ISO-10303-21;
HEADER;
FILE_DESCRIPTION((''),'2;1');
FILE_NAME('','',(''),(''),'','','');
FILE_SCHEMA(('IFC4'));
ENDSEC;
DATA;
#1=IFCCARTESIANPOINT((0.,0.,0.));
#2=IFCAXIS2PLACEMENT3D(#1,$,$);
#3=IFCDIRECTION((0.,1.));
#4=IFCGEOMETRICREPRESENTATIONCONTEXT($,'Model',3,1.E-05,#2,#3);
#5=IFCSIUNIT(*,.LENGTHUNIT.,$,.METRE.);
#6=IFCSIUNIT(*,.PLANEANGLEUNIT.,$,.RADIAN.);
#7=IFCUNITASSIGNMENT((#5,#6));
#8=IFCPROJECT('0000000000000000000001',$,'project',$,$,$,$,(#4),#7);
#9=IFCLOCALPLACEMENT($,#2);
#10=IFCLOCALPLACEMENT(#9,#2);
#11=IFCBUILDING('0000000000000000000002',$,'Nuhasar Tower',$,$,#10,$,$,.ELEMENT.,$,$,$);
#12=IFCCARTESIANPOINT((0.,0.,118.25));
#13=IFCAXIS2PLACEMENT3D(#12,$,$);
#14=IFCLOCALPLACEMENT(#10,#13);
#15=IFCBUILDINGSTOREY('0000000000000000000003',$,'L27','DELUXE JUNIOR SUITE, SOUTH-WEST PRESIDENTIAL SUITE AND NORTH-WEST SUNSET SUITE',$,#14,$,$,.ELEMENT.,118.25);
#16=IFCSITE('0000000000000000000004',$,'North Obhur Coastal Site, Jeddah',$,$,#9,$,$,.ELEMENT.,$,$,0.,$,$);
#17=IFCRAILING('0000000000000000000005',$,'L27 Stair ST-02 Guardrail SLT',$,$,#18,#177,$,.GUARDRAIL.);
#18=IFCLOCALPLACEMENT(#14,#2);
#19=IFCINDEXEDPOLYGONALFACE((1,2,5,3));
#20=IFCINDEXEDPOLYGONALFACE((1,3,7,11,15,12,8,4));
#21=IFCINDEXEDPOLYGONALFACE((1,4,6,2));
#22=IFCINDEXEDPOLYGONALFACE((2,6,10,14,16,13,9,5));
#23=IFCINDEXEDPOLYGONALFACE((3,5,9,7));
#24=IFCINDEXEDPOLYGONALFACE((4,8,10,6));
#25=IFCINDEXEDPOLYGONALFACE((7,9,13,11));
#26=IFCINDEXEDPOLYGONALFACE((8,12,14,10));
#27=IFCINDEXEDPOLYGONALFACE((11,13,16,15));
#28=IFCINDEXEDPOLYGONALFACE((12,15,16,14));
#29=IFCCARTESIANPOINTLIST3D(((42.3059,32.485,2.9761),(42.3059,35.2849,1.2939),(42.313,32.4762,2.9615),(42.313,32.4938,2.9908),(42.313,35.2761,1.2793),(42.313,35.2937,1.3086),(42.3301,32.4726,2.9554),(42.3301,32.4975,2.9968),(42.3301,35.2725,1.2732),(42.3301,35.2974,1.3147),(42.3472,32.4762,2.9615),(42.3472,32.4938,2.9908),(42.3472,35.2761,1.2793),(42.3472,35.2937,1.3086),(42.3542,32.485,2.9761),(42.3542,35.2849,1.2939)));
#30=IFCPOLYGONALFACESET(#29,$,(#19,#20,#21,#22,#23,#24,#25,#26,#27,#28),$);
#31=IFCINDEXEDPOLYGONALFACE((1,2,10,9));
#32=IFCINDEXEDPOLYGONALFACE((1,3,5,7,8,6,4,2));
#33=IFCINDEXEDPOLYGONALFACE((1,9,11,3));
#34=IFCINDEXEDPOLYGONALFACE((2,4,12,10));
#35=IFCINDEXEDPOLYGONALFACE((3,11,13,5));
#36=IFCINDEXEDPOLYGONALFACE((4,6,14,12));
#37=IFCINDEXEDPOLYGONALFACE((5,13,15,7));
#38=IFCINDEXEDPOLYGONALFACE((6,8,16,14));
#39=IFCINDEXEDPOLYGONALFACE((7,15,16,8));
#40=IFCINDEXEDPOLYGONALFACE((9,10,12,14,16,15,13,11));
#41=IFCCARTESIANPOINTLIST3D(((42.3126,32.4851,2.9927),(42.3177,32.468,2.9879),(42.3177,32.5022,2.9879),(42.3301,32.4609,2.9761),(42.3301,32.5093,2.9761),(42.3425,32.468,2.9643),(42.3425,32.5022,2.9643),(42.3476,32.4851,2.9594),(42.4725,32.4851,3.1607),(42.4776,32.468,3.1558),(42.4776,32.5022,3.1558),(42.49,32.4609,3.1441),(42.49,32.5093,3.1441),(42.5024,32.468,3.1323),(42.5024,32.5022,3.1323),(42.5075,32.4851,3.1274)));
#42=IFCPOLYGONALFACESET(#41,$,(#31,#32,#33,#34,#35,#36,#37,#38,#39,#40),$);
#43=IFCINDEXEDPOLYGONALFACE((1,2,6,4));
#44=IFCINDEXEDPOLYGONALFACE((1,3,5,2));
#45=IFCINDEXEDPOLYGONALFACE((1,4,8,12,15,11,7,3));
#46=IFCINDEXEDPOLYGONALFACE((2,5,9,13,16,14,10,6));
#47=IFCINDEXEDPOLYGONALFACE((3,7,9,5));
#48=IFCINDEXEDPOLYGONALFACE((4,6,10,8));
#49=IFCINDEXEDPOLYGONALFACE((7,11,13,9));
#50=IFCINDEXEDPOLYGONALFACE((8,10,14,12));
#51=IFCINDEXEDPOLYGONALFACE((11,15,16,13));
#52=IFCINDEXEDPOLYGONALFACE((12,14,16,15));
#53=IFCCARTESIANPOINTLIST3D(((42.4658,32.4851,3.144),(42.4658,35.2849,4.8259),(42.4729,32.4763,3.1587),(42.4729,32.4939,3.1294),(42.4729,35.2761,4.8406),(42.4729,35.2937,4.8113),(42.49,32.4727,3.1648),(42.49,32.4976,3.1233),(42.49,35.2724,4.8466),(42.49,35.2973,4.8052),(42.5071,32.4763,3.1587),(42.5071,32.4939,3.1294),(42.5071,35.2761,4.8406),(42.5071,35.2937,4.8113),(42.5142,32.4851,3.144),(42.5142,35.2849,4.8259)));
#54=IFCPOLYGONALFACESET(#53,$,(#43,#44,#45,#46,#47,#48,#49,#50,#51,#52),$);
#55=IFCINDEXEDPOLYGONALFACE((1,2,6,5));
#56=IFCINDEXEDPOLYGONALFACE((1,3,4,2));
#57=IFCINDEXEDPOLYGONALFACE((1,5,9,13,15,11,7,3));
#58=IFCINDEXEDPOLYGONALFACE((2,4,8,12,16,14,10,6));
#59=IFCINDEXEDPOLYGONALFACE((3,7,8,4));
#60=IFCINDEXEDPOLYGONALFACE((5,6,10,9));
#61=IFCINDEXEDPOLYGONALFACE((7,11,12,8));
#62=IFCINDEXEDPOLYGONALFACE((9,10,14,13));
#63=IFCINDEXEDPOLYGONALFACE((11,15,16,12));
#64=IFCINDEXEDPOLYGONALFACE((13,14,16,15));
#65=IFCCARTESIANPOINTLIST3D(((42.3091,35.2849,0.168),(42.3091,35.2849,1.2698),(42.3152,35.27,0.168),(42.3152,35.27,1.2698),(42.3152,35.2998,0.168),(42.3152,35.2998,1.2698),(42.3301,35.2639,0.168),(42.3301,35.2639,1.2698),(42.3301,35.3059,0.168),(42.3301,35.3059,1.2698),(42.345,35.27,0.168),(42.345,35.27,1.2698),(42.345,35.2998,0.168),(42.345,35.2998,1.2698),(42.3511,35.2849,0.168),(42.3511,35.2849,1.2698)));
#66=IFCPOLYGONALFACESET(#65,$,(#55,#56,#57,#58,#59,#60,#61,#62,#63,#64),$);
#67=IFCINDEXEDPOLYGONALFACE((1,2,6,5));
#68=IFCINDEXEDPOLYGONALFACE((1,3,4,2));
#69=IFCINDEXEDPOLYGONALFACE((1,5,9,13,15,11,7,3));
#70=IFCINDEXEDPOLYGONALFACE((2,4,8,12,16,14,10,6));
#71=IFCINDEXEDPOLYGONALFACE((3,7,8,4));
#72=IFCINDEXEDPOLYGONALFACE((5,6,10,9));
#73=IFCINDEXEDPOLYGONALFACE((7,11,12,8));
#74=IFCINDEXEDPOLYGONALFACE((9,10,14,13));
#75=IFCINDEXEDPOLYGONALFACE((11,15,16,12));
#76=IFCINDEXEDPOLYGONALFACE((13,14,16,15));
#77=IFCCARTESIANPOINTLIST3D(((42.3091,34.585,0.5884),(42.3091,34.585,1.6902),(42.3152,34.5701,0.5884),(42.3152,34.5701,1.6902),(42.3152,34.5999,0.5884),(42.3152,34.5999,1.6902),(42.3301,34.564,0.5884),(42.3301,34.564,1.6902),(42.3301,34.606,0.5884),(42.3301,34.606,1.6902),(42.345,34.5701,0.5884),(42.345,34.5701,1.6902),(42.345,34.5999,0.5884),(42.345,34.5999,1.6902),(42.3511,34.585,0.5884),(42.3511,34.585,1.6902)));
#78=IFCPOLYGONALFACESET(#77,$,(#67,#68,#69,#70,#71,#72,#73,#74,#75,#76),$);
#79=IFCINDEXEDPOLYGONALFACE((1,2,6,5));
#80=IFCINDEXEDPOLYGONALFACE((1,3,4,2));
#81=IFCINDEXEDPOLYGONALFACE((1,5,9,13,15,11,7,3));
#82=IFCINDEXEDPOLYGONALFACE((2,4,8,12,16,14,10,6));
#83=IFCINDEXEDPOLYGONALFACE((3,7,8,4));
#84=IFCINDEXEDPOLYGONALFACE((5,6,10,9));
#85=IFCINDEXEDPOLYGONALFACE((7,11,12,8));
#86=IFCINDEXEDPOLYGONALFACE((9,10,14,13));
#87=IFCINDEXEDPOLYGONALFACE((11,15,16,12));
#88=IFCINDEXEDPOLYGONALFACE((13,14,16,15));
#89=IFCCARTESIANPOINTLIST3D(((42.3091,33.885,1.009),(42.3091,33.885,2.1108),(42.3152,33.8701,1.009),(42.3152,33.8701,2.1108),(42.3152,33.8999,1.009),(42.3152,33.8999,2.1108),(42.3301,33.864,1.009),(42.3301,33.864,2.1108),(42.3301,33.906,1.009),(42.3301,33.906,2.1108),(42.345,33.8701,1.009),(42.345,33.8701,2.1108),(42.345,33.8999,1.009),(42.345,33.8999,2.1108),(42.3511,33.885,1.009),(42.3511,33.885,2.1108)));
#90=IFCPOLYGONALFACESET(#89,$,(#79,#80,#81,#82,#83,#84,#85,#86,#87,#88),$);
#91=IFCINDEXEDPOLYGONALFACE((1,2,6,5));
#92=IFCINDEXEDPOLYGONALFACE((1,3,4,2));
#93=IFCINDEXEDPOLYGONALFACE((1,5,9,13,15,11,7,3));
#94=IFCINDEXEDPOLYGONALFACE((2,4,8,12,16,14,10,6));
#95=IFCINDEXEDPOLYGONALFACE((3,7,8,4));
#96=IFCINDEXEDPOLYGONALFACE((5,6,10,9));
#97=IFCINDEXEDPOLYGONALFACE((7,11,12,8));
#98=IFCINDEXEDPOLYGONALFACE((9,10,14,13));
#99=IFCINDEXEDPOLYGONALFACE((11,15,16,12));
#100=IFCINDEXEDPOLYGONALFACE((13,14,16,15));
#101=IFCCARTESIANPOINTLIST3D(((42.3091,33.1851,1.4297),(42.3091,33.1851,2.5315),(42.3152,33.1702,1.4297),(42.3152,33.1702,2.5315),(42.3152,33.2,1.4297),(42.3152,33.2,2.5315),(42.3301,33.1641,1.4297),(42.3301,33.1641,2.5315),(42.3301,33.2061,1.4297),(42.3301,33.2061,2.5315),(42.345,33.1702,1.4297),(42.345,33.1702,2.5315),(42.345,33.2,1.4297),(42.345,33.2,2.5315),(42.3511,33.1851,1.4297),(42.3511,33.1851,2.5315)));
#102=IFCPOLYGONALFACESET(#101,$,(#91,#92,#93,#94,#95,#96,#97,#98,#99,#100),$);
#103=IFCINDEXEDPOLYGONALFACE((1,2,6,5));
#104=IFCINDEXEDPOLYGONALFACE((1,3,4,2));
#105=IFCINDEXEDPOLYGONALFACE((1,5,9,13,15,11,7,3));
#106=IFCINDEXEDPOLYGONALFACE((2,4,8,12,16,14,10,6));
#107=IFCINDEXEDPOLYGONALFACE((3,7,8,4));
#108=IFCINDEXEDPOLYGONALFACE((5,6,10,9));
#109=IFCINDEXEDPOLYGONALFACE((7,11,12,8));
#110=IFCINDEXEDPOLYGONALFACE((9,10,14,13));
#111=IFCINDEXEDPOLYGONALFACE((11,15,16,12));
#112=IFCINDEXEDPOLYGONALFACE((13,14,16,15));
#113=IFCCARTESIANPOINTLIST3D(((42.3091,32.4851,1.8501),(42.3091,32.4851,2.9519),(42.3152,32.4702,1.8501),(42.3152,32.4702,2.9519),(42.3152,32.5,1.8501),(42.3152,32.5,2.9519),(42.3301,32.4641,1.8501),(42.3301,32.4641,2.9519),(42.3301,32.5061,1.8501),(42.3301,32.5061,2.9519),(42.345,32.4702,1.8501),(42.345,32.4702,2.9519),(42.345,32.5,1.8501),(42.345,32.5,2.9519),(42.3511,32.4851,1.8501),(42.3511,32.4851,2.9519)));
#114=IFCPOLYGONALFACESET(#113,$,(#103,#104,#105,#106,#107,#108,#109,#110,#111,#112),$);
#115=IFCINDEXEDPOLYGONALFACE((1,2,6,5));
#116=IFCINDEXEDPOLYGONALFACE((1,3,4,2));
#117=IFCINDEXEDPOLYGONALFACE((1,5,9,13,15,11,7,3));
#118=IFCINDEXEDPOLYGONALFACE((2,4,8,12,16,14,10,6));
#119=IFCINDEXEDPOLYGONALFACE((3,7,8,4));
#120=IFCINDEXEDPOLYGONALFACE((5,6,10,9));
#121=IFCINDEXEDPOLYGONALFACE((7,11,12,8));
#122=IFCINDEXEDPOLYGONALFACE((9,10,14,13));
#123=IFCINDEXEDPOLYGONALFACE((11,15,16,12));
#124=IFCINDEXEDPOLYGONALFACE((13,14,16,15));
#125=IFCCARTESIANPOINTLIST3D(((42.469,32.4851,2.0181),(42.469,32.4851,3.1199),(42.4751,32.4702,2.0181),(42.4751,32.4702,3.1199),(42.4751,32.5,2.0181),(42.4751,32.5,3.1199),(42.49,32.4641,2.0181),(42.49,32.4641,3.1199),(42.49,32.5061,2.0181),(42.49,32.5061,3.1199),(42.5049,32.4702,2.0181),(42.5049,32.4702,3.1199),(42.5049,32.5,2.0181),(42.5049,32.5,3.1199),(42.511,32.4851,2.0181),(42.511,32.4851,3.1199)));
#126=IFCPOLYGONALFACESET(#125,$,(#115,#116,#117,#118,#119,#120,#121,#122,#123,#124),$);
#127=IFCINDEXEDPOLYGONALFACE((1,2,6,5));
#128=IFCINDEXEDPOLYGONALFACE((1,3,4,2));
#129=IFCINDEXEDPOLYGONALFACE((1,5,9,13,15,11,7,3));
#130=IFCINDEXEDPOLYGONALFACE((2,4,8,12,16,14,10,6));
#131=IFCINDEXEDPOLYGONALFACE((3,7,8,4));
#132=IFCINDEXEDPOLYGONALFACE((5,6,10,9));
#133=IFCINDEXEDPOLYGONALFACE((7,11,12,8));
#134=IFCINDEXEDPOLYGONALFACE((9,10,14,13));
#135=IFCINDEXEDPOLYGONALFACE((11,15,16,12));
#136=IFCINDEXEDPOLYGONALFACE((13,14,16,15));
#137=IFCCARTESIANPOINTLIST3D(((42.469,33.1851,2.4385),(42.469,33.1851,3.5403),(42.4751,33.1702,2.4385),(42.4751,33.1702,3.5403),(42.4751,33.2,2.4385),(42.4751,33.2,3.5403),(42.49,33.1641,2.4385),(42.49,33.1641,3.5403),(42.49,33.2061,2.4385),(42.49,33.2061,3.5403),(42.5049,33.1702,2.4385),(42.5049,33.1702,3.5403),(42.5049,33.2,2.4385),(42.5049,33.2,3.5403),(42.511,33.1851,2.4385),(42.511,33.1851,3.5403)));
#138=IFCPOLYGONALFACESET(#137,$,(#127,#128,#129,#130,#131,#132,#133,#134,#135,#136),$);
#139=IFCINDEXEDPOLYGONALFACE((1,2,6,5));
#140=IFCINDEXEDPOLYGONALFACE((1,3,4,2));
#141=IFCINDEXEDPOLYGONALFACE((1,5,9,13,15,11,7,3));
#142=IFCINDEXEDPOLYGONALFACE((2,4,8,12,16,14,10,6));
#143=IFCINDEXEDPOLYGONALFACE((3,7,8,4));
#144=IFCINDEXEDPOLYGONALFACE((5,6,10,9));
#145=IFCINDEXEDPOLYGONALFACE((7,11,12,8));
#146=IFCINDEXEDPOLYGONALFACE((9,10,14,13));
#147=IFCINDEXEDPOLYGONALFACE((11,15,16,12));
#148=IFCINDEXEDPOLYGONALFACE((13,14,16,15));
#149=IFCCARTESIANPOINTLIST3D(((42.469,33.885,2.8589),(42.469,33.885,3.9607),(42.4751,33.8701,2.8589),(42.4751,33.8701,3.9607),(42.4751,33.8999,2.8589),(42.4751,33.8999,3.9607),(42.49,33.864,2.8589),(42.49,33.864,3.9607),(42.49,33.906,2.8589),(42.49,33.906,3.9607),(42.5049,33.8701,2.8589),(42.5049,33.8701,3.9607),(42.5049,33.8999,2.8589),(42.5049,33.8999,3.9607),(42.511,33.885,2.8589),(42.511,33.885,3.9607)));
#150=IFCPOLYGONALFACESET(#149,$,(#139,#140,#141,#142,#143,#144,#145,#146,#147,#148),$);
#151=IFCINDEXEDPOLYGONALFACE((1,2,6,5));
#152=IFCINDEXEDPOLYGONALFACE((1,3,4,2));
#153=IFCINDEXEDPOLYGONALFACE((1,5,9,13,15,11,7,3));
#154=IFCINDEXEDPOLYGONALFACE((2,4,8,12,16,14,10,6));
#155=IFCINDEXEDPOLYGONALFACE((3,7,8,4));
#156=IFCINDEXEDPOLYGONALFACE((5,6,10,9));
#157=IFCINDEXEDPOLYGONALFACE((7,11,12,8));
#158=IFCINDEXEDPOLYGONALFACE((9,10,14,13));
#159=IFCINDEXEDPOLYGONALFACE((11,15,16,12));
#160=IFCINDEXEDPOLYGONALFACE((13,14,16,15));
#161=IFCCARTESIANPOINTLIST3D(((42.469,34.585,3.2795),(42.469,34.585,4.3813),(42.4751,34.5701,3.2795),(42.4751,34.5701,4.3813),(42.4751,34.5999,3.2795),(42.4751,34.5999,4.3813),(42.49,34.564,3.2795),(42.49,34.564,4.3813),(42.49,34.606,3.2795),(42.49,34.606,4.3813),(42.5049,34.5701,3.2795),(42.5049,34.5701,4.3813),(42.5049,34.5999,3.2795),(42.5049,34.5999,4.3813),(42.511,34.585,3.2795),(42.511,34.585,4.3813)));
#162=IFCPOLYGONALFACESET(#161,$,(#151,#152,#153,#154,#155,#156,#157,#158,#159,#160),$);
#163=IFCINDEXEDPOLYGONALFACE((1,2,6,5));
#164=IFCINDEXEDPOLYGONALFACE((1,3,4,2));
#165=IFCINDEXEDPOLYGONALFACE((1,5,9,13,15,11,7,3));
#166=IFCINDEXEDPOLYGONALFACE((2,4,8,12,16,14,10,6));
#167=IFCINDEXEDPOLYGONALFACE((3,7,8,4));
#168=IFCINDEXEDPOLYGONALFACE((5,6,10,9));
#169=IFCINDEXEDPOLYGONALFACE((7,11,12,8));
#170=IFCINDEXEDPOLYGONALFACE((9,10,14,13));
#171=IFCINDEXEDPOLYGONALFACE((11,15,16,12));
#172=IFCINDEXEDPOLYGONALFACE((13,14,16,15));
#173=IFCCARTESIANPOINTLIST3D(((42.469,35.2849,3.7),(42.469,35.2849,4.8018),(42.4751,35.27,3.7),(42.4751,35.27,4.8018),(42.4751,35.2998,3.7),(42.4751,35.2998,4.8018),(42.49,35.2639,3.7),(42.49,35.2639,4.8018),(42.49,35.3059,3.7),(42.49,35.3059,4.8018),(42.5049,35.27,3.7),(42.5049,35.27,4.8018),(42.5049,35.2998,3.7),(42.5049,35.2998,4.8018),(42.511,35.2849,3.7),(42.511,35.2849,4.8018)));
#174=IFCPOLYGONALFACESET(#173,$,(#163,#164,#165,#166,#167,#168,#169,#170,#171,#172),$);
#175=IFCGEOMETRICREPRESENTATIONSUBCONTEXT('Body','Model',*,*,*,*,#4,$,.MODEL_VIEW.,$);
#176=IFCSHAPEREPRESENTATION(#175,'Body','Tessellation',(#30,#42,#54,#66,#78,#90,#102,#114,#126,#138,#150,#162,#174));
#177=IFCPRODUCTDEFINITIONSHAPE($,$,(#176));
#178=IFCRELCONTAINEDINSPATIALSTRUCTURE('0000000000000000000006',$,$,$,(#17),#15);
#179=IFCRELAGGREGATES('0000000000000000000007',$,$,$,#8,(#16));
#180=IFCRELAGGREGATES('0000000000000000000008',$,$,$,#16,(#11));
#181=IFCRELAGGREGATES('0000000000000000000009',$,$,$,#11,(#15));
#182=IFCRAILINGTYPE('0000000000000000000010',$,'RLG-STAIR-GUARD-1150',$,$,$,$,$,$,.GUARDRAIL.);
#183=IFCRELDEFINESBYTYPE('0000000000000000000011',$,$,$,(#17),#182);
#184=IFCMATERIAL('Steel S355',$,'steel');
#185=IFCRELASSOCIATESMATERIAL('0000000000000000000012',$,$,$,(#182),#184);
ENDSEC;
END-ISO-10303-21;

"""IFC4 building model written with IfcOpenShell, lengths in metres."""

from ifc_helpers import new_model, si_unit, direction, frame, origin, place, context, subcontext, project, spatial, polyline, outline, extrude, material, type_object, element, save


model = new_model("IFC4")

# Units and contexts
model_context = context("Model", 3, precision=1e-05, world=origin(), true_north=direction((0.0, 1.0)))
body_context = subcontext(model_context, "Body", "Model", "MODEL_VIEW")
ifc_project = project(units=[si_unit("LENGTHUNIT", "METRE"), si_unit("PLANEANGLEUNIT", "RADIAN")], contexts=[model_context])

# Site, building, storey
site_placement = place(None, origin())
site = spatial("IfcSite", under=ifc_project, at=site_placement, Name="North Obhur Coastal Site, Jeddah", CompositionType="ELEMENT", RefElevation=0.0)
building_placement = place(site_placement, origin())
building = spatial("IfcBuilding", under=site, at=building_placement, Name="Nuhasar Tower", CompositionType="ELEMENT")
storey_placement = place(building_placement, frame((0.0, 0.0, 118.25)))
storey = spatial("IfcBuildingStorey", under=building, at=storey_placement, Name="L27", Description="DELUXE JUNIOR SUITE, SOUTH-WEST PRESIDENTIAL SUITE AND NORTH-WEST SUNSET SUITE", CompositionType="ELEMENT", Elevation=118.25)

# Shared definitions
ifc_material_1 = material(Name="Steel S355", Category="steel")

# Railing
railing_type_1 = type_object("IfcRailingType", Name="RLG-STAIR-GUARD-1150", PredefinedType="GUARDRAIL", material=ifc_material_1)
railing_1_placement = place(storey_placement, frame((42.3301, 35.2849, 0.168)))
element("IfcRailing", 1, at=railing_1_placement, inside=storey, type_object=railing_type_1, Name="L27 Stair ST-02 Guardrail SLT", PredefinedType="GUARDRAIL", context=body_context, shape_type="SweptSolid", body=[
    extrude(outline(polyline([(0.0242, 0.0), (0.0171, 0.0171), (0.0, 0.0242), (-0.0171, 0.0171), (-0.0242, 0.0), (-0.0171, -0.0171), (0.0, -0.0242), (0.0171, -0.0171), (0.0242, 0.0)])), frame((0.0, 0.0, 1.126), z_axis=(0.0, -0.857189, 0.515001), x_axis=(1.0, 0.0, 0.0)), (0.0, 0.0, 1.0), 3.2664),
    extrude(outline(polyline([(0.0242, 0.0), (0.0171, 0.0171), (0.0, 0.0242), (-0.0171, 0.0171), (-0.0242, 0.0), (-0.0171, -0.0171), (0.0, -0.0242), (0.0171, -0.0171), (0.0242, 0.0)])), frame((0.0, -2.7998, 2.8081), z_axis=(0.689524, 0.0, 0.724263), x_axis=(0.0, 1.0, 0.0)), (0.0, 0.0, 1.0), 0.2319),
    extrude(outline(polyline([(0.0242, 0.0), (0.0171, 0.0171), (0.0, 0.0242), (-0.0171, 0.0171), (-0.0242, 0.0), (-0.0171, -0.0171), (0.0, -0.0242), (0.0171, -0.0171), (0.0242, 0.0)])), frame((0.1599, -2.7998, 2.9761), z_axis=(0.0, 0.857222, 0.514946), x_axis=(-1.0, 0.0, 0.0)), (0.0, 0.0, 1.0), 3.2661),
    extrude(outline(polyline([(0.021, 0.0), (0.0149, 0.0149), (0.0, 0.021), (-0.0149, 0.0149), (-0.021, 0.0), (-0.0149, -0.0149), (0.0, -0.021), (0.0149, -0.0149), (0.021, 0.0)])), origin(), (0.0, 0.0, 1.0), 1.1018),
    extrude(outline(polyline([(0.021, 0.0), (0.0149, 0.0149), (0.0, 0.021), (-0.0149, 0.0149), (-0.021, 0.0), (-0.0149, -0.0149), (0.0, -0.021), (0.0149, -0.0149), (0.021, 0.0)])), frame((0.0, -0.7, 0.4204)), (0.0, 0.0, 1.0), 1.1018),
    extrude(outline(polyline([(0.021, 0.0), (0.0149, 0.0149), (0.0, 0.021), (-0.0149, 0.0149), (-0.021, 0.0), (-0.0149, -0.0149), (0.0, -0.021), (0.0149, -0.0149), (0.021, 0.0)])), frame((0.0, -1.3999, 0.8411)), (0.0, 0.0, 1.0), 1.1018),
    extrude(outline(polyline([(0.021, 0.0), (0.0149, 0.0149), (0.0, 0.021), (-0.0149, 0.0149), (-0.021, 0.0), (-0.0149, -0.0149), (0.0, -0.021), (0.0149, -0.0149), (0.021, 0.0)])), frame((0.0, -2.0999, 1.2617)), (0.0, 0.0, 1.0), 1.1018),
    extrude(outline(polyline([(0.021, 0.0), (0.0149, 0.0149), (0.0, 0.021), (-0.0149, 0.0149), (-0.021, 0.0), (-0.0149, -0.0149), (0.0, -0.021), (0.0149, -0.0149), (0.021, 0.0)])), frame((0.0, -2.7998, 1.6821)), (0.0, 0.0, 1.0), 1.1018),
    extrude(outline(polyline([(0.021, 0.0), (0.0149, 0.0149), (0.0, 0.021), (-0.0149, 0.0149), (-0.021, 0.0), (-0.0149, -0.0149), (0.0, -0.021), (0.0149, -0.0149), (0.021, 0.0)])), frame((0.1599, -2.7998, 1.8501)), (0.0, 0.0, 1.0), 1.1018),
    extrude(outline(polyline([(0.021, 0.0), (0.0149, 0.0149), (0.0, 0.021), (-0.0149, 0.0149), (-0.021, 0.0), (-0.0149, -0.0149), (0.0, -0.021), (0.0149, -0.0149), (0.021, 0.0)])), frame((0.1599, -2.0999, 2.2705)), (0.0, 0.0, 1.0), 1.1018),
    extrude(outline(polyline([(0.021, 0.0), (0.0149, 0.0149), (0.0, 0.021), (-0.0149, 0.0149), (-0.021, 0.0), (-0.0149, -0.0149), (0.0, -0.021), (0.0149, -0.0149), (0.021, 0.0)])), frame((0.1599, -1.3999, 2.6909)), (0.0, 0.0, 1.0), 1.1018),
    extrude(outline(polyline([(0.021, 0.0), (0.0149, 0.0149), (0.0, 0.021), (-0.0149, 0.0149), (-0.021, 0.0), (-0.0149, -0.0149), (0.0, -0.021), (0.0149, -0.0149), (0.021, 0.0)])), frame((0.1599, -0.7, 3.1116)), (0.0, 0.0, 1.0), 1.1018),
    extrude(outline(polyline([(0.021, 0.0), (0.0149, 0.0149), (0.0, 0.021), (-0.0149, 0.0149), (-0.021, 0.0), (-0.0149, -0.0149), (0.0, -0.021), (0.0149, -0.0149), (0.021, 0.0)])), frame((0.1599, 0.0, 3.532)), (0.0, 0.0, 1.0), 1.1018),
])

save(model, "model.ifc")
